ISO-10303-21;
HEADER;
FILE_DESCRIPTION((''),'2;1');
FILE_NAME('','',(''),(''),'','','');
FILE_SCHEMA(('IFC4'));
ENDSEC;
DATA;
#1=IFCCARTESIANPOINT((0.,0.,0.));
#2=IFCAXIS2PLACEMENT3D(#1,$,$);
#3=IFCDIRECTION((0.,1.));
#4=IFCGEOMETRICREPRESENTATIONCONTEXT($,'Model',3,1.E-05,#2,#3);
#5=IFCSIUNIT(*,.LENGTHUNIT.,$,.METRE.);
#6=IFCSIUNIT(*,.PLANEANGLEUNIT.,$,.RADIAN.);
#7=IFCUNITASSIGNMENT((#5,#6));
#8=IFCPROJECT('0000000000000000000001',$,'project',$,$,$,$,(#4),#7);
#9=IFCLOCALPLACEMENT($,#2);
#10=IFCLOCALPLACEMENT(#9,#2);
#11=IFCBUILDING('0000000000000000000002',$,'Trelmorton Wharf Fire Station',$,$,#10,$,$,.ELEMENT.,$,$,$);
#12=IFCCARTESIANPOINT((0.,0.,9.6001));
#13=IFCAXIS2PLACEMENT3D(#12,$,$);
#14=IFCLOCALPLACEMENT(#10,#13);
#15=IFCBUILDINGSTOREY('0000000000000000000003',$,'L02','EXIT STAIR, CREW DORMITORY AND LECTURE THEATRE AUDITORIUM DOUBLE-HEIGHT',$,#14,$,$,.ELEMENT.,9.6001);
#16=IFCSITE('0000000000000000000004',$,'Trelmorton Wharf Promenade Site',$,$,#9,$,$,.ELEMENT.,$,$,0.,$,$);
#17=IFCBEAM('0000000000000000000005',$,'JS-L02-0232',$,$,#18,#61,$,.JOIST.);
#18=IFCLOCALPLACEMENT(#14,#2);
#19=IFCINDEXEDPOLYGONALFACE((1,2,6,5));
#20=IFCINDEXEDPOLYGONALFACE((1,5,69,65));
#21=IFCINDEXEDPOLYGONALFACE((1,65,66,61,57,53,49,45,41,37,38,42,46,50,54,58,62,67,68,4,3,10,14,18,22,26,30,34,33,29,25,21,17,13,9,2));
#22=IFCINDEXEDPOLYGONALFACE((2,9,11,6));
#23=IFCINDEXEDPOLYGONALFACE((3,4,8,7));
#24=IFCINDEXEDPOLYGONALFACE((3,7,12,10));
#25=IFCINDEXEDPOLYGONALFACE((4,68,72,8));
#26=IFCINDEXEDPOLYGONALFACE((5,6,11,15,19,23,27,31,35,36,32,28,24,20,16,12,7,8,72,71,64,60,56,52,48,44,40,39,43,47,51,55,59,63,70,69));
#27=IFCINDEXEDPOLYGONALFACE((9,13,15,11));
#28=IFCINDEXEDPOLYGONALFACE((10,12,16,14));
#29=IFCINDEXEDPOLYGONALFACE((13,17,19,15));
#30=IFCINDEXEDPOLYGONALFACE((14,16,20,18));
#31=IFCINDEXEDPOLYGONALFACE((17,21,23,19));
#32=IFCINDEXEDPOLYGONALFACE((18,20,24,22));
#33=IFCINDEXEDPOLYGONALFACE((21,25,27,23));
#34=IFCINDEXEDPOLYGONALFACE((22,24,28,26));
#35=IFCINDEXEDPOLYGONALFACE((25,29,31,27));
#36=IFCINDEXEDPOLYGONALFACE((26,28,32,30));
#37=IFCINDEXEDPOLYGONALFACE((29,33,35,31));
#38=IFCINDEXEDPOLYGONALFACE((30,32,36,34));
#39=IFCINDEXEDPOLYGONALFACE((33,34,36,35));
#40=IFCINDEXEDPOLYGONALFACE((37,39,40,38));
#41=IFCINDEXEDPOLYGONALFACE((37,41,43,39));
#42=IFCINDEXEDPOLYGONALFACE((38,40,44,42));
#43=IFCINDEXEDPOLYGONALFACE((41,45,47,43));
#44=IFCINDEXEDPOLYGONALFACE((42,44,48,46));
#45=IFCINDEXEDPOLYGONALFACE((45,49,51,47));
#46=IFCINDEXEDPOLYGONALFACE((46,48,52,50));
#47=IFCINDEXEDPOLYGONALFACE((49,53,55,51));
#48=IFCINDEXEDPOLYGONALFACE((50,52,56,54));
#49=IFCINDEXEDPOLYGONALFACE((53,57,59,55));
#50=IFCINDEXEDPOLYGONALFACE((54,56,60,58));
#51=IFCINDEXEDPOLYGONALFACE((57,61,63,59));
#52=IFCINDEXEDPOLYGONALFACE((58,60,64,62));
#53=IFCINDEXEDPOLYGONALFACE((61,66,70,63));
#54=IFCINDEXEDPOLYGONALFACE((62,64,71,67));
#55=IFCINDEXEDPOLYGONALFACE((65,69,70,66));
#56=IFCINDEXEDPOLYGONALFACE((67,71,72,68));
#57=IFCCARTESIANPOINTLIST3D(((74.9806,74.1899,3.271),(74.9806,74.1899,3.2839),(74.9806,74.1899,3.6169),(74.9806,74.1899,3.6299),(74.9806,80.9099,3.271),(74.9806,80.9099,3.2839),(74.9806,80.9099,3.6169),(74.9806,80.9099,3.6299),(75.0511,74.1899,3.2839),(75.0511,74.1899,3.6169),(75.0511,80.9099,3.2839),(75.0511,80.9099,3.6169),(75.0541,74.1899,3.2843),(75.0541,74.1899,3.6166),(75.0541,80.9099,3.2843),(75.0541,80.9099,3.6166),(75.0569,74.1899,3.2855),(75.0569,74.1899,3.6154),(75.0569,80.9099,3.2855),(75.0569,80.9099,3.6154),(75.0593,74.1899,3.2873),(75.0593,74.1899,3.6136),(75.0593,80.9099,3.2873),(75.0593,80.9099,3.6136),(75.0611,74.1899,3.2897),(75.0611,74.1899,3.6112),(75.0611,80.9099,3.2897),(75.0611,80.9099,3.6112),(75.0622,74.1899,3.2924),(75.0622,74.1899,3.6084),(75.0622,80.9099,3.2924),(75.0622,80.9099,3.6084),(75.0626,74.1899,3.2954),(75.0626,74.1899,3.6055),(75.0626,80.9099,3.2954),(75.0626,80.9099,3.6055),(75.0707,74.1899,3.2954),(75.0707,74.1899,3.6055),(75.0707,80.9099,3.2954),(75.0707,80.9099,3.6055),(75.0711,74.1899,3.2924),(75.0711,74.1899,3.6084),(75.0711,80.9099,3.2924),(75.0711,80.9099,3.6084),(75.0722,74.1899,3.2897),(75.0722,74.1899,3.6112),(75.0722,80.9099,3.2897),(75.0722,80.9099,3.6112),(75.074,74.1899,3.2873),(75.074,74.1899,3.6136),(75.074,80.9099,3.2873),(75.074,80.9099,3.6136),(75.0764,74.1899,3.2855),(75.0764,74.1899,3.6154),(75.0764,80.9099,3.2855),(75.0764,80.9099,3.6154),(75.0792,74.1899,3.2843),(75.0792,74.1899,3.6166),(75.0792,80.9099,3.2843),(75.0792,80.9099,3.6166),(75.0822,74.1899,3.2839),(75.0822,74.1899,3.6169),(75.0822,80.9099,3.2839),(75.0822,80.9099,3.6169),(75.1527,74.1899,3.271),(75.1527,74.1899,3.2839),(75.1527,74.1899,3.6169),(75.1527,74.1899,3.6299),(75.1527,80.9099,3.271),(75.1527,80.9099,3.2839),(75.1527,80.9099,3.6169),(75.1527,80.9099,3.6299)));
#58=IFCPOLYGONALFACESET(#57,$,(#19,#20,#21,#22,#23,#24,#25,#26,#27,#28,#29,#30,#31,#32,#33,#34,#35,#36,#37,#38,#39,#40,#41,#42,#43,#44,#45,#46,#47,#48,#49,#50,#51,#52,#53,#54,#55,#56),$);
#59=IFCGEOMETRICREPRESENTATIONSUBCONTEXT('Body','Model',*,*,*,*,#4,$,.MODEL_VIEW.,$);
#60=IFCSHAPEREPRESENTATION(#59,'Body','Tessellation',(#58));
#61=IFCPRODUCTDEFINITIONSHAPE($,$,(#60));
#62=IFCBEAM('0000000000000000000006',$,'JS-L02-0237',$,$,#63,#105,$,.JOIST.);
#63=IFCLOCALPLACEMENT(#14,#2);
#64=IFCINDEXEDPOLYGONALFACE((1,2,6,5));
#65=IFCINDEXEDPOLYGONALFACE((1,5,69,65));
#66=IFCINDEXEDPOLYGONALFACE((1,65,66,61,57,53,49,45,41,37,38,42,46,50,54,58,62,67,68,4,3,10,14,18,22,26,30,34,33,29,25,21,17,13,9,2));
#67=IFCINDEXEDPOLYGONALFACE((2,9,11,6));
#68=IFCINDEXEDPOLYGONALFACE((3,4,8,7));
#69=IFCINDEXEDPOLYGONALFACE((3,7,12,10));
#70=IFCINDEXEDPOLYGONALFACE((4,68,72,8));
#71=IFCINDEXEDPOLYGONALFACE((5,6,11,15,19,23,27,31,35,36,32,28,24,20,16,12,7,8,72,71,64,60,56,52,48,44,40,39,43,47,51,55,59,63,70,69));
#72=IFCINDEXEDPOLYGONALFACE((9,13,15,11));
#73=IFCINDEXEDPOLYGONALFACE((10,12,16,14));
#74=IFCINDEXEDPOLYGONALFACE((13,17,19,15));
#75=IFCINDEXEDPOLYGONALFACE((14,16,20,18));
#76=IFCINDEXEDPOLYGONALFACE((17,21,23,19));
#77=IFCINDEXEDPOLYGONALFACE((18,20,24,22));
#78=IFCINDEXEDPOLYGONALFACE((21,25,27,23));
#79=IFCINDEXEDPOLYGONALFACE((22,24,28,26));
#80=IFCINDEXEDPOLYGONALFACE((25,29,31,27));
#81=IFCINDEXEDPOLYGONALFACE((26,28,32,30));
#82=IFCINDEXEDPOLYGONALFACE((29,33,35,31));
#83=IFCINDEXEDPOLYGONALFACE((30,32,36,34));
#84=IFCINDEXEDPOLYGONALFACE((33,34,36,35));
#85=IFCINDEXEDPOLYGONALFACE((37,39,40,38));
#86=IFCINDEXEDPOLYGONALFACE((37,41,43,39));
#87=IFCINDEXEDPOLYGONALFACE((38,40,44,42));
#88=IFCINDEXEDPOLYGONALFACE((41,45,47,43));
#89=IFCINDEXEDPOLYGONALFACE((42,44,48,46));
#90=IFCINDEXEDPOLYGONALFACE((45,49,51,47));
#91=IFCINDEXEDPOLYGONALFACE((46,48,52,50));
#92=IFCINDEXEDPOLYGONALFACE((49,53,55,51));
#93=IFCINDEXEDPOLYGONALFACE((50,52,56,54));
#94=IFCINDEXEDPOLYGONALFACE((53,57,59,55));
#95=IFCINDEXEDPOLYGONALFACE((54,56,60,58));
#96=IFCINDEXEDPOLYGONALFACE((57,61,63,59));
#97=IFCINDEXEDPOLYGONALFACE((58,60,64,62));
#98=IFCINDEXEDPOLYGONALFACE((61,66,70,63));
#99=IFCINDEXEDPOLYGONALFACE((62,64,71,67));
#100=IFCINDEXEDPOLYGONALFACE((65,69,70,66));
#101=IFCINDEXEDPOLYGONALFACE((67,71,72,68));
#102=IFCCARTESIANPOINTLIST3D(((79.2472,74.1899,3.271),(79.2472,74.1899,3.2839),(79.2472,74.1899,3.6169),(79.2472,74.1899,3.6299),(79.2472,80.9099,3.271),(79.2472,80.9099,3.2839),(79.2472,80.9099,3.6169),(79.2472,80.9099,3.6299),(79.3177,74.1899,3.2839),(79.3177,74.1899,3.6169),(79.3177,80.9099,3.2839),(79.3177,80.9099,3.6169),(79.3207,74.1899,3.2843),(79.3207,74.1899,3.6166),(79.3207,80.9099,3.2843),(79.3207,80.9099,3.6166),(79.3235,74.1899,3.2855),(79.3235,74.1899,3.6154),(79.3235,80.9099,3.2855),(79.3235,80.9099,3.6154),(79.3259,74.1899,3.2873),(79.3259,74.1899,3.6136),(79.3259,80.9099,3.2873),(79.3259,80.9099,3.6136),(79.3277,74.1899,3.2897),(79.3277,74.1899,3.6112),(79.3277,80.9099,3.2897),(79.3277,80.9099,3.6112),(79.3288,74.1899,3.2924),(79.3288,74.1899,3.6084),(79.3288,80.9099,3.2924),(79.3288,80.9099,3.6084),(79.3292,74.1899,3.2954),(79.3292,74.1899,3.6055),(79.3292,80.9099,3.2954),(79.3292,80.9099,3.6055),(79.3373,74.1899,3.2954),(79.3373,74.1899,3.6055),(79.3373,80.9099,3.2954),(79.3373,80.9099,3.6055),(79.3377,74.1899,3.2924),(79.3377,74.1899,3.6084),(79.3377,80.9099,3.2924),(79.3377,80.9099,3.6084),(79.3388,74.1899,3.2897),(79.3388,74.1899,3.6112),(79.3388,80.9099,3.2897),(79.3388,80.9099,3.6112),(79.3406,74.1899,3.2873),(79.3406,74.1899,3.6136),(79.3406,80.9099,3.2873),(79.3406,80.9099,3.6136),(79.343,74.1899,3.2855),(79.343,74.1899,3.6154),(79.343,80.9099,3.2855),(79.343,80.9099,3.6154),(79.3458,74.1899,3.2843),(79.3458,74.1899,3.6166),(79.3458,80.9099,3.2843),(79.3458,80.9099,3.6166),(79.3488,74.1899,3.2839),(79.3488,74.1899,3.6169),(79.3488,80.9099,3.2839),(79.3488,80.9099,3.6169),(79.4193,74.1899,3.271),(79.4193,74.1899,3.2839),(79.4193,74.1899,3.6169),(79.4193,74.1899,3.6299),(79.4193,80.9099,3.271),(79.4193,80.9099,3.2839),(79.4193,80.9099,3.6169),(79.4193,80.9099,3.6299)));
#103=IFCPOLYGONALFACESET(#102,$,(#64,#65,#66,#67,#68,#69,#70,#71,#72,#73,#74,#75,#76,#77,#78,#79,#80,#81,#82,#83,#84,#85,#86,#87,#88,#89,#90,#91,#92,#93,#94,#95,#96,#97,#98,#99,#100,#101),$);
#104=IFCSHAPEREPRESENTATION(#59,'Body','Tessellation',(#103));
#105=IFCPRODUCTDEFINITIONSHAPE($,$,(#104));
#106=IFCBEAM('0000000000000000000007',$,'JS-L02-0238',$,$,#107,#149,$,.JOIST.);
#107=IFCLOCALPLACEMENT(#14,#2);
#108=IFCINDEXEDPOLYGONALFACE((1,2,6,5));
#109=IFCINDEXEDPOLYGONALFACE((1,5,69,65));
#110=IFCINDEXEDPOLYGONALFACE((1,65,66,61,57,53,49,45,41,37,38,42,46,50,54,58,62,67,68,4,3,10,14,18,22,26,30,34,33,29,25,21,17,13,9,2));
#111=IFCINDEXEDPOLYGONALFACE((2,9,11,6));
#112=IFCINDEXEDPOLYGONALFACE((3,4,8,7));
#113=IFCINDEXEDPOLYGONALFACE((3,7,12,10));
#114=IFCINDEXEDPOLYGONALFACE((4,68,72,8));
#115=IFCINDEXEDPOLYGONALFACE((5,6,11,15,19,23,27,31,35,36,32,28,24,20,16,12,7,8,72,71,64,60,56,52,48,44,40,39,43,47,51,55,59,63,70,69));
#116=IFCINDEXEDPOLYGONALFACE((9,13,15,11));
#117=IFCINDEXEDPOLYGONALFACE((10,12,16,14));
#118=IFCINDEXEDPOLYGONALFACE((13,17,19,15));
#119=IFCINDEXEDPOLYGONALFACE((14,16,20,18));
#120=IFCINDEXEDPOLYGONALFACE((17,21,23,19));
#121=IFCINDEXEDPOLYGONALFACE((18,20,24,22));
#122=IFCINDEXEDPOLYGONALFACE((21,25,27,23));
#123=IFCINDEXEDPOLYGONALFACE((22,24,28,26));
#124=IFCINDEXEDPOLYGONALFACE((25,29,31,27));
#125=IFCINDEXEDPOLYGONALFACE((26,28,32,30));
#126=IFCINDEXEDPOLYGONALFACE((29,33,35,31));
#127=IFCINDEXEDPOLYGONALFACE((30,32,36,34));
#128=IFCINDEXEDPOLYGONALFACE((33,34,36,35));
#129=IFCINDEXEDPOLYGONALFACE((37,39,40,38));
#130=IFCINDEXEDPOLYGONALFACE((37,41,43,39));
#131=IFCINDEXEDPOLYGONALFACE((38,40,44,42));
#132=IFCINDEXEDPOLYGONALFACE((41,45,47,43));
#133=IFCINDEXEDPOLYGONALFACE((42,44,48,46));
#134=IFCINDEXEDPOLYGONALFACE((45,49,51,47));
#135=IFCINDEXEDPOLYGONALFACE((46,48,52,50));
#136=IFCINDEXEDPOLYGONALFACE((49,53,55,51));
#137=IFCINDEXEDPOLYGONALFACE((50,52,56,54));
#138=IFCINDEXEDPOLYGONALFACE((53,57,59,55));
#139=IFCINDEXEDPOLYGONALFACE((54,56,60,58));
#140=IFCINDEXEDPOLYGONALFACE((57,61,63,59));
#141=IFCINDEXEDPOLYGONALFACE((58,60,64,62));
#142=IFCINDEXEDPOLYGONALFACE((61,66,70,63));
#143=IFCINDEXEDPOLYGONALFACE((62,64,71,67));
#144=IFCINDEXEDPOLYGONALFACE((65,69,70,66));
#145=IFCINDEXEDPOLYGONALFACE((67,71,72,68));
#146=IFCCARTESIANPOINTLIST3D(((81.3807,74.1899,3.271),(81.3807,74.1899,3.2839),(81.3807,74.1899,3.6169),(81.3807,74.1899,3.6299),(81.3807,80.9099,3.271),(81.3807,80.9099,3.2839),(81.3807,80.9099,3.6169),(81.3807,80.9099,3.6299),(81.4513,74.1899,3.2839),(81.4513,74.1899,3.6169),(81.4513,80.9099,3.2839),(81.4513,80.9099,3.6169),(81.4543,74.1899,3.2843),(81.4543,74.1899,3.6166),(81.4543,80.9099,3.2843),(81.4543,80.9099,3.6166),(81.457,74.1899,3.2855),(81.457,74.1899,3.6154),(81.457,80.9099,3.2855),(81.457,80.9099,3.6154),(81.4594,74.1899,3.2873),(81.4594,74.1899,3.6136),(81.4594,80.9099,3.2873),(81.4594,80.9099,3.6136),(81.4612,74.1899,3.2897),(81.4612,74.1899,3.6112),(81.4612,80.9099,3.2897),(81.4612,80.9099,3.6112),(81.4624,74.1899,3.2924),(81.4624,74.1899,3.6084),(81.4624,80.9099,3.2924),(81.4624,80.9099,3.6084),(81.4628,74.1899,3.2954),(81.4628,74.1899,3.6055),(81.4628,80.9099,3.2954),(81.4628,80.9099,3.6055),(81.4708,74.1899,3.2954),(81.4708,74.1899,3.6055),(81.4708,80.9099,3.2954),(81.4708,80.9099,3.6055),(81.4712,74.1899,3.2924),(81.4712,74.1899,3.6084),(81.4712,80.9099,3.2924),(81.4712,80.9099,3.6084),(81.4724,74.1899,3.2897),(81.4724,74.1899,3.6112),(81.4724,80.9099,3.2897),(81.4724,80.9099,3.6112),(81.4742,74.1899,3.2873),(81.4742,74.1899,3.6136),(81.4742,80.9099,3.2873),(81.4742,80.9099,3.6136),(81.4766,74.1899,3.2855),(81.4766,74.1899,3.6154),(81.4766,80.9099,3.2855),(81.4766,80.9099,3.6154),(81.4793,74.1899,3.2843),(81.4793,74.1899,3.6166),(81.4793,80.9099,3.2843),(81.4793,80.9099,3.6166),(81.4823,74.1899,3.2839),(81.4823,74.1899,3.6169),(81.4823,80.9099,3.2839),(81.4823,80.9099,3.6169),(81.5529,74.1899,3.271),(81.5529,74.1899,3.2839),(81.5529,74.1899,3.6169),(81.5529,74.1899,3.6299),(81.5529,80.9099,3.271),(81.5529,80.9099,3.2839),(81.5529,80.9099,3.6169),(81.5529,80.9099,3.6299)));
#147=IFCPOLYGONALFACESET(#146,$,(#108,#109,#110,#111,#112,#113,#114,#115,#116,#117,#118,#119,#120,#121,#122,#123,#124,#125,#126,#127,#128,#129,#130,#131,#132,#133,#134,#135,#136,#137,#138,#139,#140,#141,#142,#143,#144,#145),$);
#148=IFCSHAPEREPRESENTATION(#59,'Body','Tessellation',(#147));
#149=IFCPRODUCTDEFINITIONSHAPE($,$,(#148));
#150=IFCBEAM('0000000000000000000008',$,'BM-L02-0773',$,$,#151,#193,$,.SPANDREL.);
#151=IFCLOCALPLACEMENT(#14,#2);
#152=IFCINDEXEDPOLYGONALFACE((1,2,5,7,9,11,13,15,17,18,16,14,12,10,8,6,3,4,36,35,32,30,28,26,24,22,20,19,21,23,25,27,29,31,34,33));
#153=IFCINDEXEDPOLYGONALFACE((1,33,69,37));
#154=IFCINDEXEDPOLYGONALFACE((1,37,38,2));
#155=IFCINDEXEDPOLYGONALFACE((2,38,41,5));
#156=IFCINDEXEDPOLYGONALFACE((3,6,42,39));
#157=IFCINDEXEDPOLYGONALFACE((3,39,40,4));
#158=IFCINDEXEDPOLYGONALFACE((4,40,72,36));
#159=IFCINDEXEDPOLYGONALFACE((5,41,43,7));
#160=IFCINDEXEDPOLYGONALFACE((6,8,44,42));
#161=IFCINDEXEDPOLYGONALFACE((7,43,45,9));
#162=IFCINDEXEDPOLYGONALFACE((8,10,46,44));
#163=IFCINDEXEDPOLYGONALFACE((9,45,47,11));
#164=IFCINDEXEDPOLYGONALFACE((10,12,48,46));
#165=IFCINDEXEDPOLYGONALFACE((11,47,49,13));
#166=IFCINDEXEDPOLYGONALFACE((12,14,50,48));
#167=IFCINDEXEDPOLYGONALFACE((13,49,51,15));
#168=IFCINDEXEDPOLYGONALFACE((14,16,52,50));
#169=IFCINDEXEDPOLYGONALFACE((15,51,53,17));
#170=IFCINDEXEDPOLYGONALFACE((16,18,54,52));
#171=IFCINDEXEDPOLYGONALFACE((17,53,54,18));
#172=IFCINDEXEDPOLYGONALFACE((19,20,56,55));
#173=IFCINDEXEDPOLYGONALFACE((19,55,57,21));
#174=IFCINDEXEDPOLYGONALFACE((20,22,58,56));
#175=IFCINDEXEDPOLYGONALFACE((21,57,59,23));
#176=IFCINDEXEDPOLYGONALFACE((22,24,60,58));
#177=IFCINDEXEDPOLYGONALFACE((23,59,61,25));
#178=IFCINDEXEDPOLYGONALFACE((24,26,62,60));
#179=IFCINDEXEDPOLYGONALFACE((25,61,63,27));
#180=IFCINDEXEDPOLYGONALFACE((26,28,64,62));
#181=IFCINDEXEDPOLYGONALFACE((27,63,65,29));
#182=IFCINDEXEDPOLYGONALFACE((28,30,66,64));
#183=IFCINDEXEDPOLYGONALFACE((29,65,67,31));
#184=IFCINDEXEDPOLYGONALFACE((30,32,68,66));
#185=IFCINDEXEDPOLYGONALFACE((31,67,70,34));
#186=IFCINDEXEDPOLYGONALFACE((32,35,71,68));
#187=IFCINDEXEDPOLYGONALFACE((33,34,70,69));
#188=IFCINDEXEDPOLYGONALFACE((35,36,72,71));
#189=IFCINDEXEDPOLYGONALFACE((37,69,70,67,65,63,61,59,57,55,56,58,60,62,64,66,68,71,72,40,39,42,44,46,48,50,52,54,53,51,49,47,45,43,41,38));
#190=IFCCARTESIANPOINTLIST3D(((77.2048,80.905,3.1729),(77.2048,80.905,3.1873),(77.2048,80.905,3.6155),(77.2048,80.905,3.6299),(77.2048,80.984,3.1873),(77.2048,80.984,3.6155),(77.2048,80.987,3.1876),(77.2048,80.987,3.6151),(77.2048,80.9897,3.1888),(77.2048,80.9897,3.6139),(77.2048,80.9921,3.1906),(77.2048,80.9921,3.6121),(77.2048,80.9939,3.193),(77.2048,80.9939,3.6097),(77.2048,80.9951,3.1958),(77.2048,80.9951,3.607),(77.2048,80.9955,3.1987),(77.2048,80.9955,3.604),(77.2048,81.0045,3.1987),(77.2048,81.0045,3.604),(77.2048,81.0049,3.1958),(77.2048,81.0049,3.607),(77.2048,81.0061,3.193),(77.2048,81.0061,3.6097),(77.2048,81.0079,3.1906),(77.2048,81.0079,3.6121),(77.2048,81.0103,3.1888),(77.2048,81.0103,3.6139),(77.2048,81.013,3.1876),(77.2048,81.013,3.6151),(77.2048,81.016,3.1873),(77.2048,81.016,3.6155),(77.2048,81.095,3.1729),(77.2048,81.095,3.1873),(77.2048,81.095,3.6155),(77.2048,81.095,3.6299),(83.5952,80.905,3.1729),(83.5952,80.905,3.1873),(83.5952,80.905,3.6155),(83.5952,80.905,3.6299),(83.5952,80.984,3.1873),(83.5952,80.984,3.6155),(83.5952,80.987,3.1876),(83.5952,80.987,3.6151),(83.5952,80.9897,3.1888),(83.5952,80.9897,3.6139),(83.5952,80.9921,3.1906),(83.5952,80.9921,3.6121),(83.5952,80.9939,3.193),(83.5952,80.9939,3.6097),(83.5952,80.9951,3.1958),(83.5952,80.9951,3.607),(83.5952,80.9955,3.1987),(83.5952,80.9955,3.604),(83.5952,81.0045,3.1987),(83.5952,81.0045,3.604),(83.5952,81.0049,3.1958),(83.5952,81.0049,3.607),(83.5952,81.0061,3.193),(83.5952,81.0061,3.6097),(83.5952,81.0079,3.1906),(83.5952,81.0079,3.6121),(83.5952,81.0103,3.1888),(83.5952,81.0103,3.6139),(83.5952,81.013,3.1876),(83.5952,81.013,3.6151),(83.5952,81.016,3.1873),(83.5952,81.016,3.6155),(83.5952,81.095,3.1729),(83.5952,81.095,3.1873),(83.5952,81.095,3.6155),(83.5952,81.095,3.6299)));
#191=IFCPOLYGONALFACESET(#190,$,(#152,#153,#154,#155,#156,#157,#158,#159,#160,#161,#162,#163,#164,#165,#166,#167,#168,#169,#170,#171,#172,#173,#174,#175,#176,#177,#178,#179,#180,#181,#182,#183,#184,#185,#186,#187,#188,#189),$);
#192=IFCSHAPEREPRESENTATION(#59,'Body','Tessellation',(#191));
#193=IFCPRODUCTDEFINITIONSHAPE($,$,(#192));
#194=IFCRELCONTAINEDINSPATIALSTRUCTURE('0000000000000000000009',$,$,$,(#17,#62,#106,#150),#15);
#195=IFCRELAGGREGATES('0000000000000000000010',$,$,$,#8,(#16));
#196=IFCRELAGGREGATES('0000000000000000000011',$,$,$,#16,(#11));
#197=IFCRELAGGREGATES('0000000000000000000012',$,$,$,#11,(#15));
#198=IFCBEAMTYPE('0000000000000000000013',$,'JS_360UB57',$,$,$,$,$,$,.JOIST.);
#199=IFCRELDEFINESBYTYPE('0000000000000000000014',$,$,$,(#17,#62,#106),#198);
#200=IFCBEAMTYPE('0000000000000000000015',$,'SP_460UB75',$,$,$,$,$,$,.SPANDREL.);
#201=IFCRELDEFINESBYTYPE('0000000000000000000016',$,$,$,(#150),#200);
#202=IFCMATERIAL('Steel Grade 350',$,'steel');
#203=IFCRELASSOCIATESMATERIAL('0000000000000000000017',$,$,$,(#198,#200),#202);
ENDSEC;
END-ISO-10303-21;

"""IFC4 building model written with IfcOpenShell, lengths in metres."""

from ifc_helpers import new_model, si_unit, direction, frame, origin, origin_2d, place, context, subcontext, project, spatial, i_section, extrude, material, material_profile, profile_set, type_object, element, save


model = new_model("IFC4")

# Units and contexts
model_context = context("Model", 3, precision=1e-05, world=origin(), true_north=direction((0.0, 1.0)))
body_context = subcontext(model_context, "Body", "Model", "MODEL_VIEW")
ifc_project = project(units=[si_unit("LENGTHUNIT", "METRE"), si_unit("PLANEANGLEUNIT", "RADIAN")], contexts=[model_context])

# Site, building, storey
site_placement = place(None, origin())
site = spatial("IfcSite", under=ifc_project, at=site_placement, Name="Trelmorton Wharf Promenade Site", CompositionType="ELEMENT", RefElevation=0.0)
building_placement = place(site_placement, origin())
building = spatial("IfcBuilding", under=site, at=building_placement, Name="Trelmorton Wharf Fire Station", CompositionType="ELEMENT")
storey_placement = place(building_placement, frame((0.0, 0.0, 9.6001)))
storey = spatial("IfcBuildingStorey", under=building, at=storey_placement, Name="L02", Description="EXIT STAIR, CREW DORMITORY AND LECTURE THEATRE AUDITORIUM DOUBLE-HEIGHT", CompositionType="ELEMENT", Elevation=9.6001)

# Shared definitions
ifc_material_1 = material(Name="Steel Grade 350", Category="steel")

# Beams
ifc_material_profile_1 = material_profile(ifc_material_1, i_section(OverallWidth=0.1721, OverallDepth=0.3589, WebThickness=0.0081, FlangeThickness=0.0129, FilletRadius=0.0115, at=origin_2d()), Name="360UB56.7")
ifc_profile_set_1 = profile_set([ifc_material_profile_1], Name="Steel Grade 350")
beam_type_1 = type_object("IfcBeamType", Name="JS_360UB57", PredefinedType="JOIST", material=ifc_profile_set_1)
for number, where, z_axis, x_axis, name in (
    (1, (75.0667, 74.1899, 3.4504), (0.0, 1.0, 0.0), (-1.0, 0.0, 0.0), "JS-L02-0232"),
    (2, (79.3333, 74.1899, 3.4504), (0.0, 1.0, 0.0), (-1.0, 0.0, 0.0), "JS-L02-0237"),
    (3, (81.4668, 74.1899, 3.4504), (0.0, 1.0, 0.0), (-1.0, 0.0, 0.0), "JS-L02-0238"),
):
    element("IfcBeam", number, at=place(storey_placement, frame(where, z_axis=z_axis, x_axis=x_axis)), inside=storey, type_object=beam_type_1, Name=name, PredefinedType="JOIST", context=body_context, shape_type="SweptSolid", body=[
        extrude(i_section(OverallWidth=0.1721, OverallDepth=0.3589, WebThickness=0.0081, FlangeThickness=0.0129, FilletRadius=0.0115, at=origin_2d()), origin(), (0.0, 0.0, 1.0), 6.72),
    ])
ifc_material_profile_2 = material_profile(ifc_material_1, i_section(OverallWidth=0.1899, OverallDepth=0.457, WebThickness=0.009, FlangeThickness=0.0144, FilletRadius=0.0115, at=origin_2d()), Name="460UB74.6")
ifc_profile_set_2 = profile_set([ifc_material_profile_2], Name="Steel Grade 350")
beam_type_2 = type_object("IfcBeamType", Name="SP_460UB75", PredefinedType="SPANDREL", material=ifc_profile_set_2)
beam_1_placement = place(storey_placement, frame((77.2048, 81.0, 3.4014), z_axis=(1.0, 0.0, 0.0), x_axis=(0.0, 1.0, 0.0)))
element("IfcBeam", 4, at=beam_1_placement, inside=storey, type_object=beam_type_2, Name="BM-L02-0773", PredefinedType="SPANDREL", context=body_context, shape_type="SweptSolid", body=[
    extrude(i_section(OverallWidth=0.1899, OverallDepth=0.457, WebThickness=0.009, FlangeThickness=0.0144, FilletRadius=0.0115, at=origin_2d()), origin(), (0.0, 0.0, 1.0), 6.3904),
])

save(model, "model.ifc")
